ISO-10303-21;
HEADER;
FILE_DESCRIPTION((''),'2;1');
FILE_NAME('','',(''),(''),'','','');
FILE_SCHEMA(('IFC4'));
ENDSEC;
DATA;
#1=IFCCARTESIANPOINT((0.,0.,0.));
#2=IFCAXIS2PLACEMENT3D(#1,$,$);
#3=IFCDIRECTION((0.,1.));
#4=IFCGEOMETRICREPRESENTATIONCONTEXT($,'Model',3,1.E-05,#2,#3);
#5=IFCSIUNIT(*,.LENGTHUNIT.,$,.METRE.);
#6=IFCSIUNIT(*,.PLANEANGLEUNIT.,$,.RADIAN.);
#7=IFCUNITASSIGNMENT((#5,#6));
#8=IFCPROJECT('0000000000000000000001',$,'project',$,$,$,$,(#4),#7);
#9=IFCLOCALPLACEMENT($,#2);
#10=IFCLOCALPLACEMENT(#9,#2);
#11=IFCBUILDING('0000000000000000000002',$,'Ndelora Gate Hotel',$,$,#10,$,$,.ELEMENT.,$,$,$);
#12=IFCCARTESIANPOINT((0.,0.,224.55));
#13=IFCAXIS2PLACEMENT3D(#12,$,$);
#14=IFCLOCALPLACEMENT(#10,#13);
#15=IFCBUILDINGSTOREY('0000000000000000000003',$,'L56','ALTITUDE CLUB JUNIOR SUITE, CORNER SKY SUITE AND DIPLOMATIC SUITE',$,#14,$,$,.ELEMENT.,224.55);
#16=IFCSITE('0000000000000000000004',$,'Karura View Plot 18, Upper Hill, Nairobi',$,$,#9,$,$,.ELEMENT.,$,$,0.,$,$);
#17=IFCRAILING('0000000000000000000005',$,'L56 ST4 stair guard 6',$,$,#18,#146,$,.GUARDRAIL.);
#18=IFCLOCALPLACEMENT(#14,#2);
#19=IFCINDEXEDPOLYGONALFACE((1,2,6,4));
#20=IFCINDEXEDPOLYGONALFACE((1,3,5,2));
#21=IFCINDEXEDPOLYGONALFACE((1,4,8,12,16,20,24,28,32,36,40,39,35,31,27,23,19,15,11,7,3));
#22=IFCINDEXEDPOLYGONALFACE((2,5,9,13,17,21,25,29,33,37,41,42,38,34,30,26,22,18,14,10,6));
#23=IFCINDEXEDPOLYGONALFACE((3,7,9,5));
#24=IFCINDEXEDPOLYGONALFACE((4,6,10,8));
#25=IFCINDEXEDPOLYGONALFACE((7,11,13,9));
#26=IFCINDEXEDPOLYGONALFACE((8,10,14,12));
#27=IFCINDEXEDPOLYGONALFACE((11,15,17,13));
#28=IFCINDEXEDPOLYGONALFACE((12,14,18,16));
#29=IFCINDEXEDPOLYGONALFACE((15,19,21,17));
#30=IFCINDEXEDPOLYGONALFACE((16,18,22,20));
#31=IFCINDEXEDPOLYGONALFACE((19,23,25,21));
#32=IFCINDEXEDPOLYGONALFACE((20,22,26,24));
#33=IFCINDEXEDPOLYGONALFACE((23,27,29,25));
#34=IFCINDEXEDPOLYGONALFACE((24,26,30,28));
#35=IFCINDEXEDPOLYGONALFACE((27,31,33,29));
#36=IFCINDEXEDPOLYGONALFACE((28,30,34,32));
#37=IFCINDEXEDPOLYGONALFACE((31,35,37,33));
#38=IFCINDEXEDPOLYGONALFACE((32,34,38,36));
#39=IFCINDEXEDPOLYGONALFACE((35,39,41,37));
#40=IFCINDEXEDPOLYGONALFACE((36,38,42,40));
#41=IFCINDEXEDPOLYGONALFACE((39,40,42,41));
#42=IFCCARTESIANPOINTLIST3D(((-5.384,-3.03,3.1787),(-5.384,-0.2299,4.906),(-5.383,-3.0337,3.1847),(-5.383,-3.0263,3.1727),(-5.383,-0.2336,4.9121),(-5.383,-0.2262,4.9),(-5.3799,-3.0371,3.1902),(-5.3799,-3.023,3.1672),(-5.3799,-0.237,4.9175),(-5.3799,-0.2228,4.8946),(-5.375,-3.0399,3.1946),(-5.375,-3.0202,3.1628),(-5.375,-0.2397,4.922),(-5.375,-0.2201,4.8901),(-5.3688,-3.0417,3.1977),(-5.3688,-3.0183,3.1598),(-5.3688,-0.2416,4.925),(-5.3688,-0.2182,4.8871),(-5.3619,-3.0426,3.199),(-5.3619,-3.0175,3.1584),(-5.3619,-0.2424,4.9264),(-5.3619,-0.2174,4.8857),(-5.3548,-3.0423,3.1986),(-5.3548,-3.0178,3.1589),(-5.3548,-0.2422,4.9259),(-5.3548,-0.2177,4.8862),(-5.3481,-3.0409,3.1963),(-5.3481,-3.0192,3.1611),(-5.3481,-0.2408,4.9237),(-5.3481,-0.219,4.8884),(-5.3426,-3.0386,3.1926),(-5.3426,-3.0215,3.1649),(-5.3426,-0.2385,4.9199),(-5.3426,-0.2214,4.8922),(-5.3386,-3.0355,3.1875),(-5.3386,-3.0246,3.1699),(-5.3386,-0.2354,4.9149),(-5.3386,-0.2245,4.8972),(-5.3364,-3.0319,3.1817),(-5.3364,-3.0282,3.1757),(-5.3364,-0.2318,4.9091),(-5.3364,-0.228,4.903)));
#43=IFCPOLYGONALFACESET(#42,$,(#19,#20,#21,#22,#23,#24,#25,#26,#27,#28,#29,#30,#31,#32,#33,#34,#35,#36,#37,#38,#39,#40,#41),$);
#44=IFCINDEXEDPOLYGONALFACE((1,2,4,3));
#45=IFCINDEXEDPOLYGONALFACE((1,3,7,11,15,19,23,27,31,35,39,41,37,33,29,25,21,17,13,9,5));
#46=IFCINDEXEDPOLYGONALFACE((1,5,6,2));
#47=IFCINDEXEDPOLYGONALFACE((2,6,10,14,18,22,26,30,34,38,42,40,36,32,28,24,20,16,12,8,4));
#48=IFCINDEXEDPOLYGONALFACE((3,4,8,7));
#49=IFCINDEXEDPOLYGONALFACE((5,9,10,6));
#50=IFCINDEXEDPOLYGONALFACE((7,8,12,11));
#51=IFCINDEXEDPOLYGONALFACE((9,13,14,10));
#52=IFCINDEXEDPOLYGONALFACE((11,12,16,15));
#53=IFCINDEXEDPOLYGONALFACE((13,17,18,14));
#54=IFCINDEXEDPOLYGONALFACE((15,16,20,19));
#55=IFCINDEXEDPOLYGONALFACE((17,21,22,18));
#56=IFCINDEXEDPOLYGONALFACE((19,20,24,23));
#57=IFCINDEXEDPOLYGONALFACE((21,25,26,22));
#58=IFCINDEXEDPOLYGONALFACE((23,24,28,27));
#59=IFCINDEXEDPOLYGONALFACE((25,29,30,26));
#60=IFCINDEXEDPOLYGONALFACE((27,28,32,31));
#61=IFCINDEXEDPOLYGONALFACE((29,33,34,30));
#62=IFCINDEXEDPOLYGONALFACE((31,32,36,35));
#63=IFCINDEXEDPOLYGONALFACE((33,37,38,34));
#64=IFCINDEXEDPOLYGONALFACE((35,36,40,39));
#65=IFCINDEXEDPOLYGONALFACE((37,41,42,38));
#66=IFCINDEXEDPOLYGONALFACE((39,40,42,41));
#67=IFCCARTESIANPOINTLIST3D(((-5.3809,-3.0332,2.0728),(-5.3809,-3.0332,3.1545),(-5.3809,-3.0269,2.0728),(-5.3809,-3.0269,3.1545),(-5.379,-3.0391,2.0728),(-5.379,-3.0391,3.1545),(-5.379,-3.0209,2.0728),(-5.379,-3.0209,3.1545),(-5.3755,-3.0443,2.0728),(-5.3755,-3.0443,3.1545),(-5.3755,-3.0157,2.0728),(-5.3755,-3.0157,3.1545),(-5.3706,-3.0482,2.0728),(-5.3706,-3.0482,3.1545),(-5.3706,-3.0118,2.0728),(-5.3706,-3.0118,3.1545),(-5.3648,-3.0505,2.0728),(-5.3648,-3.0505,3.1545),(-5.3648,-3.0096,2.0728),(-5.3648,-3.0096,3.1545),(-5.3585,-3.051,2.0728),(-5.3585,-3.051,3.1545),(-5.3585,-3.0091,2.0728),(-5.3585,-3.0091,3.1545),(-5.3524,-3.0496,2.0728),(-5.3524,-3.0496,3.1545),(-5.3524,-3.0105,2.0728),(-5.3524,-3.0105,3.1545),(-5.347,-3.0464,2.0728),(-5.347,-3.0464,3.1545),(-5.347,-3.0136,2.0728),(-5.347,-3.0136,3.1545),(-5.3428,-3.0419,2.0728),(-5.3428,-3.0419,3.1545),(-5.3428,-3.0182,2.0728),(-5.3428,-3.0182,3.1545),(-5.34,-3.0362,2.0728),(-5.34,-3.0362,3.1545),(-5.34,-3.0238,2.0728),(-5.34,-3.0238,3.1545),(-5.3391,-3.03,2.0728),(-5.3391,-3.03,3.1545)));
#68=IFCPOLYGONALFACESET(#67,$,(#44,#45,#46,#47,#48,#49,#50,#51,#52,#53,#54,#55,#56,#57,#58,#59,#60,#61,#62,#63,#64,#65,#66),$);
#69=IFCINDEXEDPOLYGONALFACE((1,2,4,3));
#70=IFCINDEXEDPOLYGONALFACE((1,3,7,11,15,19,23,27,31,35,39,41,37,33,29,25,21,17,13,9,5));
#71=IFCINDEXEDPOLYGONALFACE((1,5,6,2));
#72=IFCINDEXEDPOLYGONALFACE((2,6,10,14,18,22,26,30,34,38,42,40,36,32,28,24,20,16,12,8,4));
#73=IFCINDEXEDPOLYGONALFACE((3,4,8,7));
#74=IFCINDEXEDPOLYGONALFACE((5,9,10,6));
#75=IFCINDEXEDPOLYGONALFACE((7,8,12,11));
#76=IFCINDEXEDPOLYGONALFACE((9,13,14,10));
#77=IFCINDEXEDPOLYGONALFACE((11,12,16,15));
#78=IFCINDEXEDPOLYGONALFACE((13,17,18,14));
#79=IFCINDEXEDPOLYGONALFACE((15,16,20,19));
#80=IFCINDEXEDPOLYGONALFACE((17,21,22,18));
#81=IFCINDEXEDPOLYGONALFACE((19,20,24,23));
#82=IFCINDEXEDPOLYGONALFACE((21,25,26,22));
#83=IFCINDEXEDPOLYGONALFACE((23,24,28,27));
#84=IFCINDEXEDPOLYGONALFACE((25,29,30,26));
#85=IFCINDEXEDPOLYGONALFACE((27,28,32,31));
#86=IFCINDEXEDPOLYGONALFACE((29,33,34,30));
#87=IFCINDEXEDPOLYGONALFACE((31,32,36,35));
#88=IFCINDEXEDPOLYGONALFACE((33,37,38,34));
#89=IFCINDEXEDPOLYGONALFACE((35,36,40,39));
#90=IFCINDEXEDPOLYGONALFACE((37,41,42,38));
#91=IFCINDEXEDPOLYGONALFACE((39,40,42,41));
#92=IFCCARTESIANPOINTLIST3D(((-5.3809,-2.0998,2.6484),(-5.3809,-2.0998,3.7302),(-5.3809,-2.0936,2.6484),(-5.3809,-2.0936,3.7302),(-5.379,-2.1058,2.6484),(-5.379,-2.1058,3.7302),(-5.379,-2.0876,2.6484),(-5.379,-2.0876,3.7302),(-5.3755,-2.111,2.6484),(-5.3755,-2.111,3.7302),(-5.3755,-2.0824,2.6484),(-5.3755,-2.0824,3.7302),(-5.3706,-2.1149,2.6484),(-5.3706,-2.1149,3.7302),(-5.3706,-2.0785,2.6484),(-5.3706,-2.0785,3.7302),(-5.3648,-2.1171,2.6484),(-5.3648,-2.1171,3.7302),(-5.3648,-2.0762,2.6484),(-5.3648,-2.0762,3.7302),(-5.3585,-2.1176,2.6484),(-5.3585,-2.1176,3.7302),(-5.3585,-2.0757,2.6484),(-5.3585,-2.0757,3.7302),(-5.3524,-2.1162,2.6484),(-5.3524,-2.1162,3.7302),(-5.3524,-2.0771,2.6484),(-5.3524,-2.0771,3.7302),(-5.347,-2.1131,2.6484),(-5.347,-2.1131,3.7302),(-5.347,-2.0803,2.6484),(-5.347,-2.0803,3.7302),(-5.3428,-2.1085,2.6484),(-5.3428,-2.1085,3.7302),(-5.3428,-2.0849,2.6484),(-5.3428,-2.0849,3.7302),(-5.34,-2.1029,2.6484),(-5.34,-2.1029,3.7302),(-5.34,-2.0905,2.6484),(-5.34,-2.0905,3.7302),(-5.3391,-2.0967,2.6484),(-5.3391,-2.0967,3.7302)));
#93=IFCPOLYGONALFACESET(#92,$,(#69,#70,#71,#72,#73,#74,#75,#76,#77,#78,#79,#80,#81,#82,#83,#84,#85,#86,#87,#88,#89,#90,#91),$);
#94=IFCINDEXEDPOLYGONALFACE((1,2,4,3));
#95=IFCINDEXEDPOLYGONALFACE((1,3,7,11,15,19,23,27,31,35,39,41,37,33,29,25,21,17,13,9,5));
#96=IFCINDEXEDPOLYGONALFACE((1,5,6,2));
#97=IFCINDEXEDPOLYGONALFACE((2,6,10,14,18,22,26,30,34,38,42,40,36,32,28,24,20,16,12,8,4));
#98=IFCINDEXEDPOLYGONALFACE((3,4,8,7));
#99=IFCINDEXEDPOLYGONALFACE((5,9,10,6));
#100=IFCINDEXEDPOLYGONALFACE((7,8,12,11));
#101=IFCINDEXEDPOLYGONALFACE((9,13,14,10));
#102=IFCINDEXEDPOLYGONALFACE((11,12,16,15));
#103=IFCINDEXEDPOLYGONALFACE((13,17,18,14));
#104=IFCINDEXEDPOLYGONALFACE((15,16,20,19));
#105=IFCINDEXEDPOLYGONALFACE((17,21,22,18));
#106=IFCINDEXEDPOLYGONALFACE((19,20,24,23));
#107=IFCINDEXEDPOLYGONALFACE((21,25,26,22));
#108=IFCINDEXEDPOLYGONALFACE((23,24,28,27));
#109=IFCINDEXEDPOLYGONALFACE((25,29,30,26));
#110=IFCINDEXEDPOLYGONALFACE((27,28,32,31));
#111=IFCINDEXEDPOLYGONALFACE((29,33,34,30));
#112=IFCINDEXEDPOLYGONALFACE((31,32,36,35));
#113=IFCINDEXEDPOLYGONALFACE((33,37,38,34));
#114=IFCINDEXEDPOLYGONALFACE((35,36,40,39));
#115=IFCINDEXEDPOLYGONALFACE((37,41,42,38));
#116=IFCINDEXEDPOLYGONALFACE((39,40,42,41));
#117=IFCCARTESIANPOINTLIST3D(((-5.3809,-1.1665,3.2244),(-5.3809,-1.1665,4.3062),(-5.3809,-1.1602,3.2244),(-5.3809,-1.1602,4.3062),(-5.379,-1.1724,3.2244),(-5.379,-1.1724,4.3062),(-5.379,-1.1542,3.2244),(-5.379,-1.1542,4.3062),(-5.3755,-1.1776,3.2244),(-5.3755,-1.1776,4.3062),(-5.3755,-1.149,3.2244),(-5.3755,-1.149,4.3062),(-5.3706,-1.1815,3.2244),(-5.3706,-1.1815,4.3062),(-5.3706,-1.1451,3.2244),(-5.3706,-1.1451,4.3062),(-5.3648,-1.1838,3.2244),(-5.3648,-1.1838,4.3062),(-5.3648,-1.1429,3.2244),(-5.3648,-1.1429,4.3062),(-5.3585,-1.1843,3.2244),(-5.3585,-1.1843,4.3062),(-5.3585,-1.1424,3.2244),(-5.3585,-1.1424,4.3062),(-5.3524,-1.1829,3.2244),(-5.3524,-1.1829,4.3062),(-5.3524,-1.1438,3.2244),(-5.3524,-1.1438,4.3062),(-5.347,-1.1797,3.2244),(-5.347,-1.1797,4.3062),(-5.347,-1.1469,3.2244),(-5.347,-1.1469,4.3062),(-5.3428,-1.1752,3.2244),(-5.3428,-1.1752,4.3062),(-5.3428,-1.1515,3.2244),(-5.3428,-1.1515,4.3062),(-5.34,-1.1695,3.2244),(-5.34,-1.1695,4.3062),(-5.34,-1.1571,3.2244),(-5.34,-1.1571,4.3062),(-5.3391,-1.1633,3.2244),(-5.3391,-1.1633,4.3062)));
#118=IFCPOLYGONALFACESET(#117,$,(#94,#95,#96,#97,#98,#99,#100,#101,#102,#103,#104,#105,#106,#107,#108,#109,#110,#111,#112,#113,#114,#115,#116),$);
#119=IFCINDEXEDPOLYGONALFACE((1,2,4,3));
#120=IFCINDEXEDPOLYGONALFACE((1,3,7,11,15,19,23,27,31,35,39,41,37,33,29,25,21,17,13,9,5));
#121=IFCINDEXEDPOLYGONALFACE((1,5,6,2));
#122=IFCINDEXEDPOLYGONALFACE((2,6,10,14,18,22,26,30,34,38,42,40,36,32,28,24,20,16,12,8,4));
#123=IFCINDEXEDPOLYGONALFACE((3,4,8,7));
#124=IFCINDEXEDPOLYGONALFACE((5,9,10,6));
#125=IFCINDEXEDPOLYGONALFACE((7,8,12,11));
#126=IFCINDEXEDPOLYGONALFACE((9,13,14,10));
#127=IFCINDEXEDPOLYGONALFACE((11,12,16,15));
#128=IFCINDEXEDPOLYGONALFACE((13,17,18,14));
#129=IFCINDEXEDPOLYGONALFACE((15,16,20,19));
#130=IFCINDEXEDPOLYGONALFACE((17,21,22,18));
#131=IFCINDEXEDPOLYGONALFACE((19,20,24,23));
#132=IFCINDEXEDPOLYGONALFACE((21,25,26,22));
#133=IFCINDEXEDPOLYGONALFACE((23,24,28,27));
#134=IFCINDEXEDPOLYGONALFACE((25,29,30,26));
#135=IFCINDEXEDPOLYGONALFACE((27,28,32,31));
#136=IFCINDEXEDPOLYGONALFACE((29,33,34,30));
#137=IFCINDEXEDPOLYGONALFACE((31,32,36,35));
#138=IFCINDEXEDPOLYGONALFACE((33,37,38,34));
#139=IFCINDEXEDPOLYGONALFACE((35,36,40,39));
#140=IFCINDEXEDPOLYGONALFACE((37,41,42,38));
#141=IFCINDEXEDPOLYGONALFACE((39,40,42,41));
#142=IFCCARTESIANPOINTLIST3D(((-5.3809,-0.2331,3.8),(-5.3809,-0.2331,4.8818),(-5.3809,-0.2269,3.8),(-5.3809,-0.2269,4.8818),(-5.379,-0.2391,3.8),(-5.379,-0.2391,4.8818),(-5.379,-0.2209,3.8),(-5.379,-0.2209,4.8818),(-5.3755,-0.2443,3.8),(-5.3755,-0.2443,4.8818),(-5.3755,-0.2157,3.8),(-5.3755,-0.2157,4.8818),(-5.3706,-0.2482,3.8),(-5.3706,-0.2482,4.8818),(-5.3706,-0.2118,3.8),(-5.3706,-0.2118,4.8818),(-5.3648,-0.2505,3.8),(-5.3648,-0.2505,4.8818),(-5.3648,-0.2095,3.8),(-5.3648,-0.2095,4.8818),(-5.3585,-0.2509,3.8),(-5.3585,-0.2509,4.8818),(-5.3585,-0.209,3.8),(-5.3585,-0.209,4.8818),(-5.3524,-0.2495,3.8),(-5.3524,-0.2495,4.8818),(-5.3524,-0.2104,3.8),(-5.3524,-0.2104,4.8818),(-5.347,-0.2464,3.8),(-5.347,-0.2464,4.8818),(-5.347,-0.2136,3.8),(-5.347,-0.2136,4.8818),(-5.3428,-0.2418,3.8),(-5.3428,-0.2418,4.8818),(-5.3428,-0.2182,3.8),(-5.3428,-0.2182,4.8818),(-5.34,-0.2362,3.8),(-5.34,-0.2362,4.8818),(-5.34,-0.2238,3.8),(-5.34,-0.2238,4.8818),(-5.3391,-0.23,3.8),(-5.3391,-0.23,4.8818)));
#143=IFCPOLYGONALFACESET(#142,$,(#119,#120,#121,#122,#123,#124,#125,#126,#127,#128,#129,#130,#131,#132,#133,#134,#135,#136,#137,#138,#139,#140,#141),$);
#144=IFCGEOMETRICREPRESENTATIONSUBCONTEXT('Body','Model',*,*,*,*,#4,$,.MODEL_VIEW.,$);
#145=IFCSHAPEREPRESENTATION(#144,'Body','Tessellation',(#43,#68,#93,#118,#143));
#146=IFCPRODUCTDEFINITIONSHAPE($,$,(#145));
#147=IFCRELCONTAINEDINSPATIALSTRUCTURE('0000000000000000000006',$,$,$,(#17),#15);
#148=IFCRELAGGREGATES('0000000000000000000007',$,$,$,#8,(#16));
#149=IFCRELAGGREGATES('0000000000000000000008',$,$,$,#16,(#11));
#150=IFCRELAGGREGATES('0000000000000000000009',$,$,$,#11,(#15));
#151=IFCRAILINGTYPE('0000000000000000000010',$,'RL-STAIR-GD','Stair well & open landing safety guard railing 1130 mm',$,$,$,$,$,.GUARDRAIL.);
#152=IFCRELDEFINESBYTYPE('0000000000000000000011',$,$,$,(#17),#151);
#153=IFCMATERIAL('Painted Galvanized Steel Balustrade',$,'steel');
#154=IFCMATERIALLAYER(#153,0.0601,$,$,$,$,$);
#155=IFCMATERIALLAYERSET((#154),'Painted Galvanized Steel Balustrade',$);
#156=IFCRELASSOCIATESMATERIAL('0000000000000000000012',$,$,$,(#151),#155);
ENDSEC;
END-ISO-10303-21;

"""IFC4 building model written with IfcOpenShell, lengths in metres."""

from ifc_helpers import new_model, si_unit, direction, frame, origin, origin_2d, place, context, subcontext, project, spatial, circle, extrude, material, layer, layer_set, type_object, element, save


model = new_model("IFC4")

# Units and contexts
model_context = context("Model", 3, precision=1e-05, world=origin(), true_north=direction((0.0, 1.0)))
body_context = subcontext(model_context, "Body", "Model", "MODEL_VIEW")
ifc_project = project(units=[si_unit("LENGTHUNIT", "METRE"), si_unit("PLANEANGLEUNIT", "RADIAN")], contexts=[model_context])

# Site, building, storey
site_placement = place(None, origin())
site = spatial("IfcSite", under=ifc_project, at=site_placement, Name="Karura View Plot 18, Upper Hill, Nairobi", CompositionType="ELEMENT", RefElevation=0.0)
building_placement = place(site_placement, origin())
building = spatial("IfcBuilding", under=site, at=building_placement, Name="Ndelora Gate Hotel", CompositionType="ELEMENT")
storey_placement = place(building_placement, frame((0.0, 0.0, 224.55)))
storey = spatial("IfcBuildingStorey", under=building, at=storey_placement, Name="L56", Description="ALTITUDE CLUB JUNIOR SUITE, CORNER SKY SUITE AND DIPLOMATIC SUITE", CompositionType="ELEMENT", Elevation=224.55)

# Railing
ifc_material_1 = material(Name="Painted Galvanized Steel Balustrade", Category="steel")
ifc_layer_1 = layer(ifc_material_1, 0.0601)
ifc_layer_set_1 = layer_set([ifc_layer_1], Name="Painted Galvanized Steel Balustrade")
railing_type_1 = type_object("IfcRailingType", Name="RL-STAIR-GD", Description="Stair well & open landing safety guard railing 1130 mm", PredefinedType="GUARDRAIL", material=ifc_layer_set_1)
railing_1_placement = place(storey_placement, frame((-5.3601, -3.03, 2.0728)))
element("IfcRailing", 1, at=railing_1_placement, inside=storey, type_object=railing_type_1, Name="L56 ST4 stair guard 6", PredefinedType="GUARDRAIL", context=body_context, shape_type="SweptSolid", body=[
    extrude(circle(Radius=0.0239, at=origin_2d()), frame((0.0, 0.0, 1.106), z_axis=(0.0, 0.85109, 0.52502), x_axis=(-1.0, 0.0, 0.0)), (0.0, 0.0, 1.0), 3.29),
    extrude(circle(Radius=0.021, at=origin_2d()), origin(), (0.0, 0.0, 1.0), 1.0818),
    extrude(circle(Radius=0.021, at=origin_2d()), frame((0.0, 0.9333, 0.5757)), (0.0, 0.0, 1.0), 1.0818),
    extrude(circle(Radius=0.021, at=origin_2d()), frame((0.0, 1.8667, 1.1516)), (0.0, 0.0, 1.0), 1.0818),
    extrude(circle(Radius=0.021, at=origin_2d()), frame((0.0, 2.8, 1.7273)), (0.0, 0.0, 1.0), 1.0818),
])

save(model, "model.ifc")
